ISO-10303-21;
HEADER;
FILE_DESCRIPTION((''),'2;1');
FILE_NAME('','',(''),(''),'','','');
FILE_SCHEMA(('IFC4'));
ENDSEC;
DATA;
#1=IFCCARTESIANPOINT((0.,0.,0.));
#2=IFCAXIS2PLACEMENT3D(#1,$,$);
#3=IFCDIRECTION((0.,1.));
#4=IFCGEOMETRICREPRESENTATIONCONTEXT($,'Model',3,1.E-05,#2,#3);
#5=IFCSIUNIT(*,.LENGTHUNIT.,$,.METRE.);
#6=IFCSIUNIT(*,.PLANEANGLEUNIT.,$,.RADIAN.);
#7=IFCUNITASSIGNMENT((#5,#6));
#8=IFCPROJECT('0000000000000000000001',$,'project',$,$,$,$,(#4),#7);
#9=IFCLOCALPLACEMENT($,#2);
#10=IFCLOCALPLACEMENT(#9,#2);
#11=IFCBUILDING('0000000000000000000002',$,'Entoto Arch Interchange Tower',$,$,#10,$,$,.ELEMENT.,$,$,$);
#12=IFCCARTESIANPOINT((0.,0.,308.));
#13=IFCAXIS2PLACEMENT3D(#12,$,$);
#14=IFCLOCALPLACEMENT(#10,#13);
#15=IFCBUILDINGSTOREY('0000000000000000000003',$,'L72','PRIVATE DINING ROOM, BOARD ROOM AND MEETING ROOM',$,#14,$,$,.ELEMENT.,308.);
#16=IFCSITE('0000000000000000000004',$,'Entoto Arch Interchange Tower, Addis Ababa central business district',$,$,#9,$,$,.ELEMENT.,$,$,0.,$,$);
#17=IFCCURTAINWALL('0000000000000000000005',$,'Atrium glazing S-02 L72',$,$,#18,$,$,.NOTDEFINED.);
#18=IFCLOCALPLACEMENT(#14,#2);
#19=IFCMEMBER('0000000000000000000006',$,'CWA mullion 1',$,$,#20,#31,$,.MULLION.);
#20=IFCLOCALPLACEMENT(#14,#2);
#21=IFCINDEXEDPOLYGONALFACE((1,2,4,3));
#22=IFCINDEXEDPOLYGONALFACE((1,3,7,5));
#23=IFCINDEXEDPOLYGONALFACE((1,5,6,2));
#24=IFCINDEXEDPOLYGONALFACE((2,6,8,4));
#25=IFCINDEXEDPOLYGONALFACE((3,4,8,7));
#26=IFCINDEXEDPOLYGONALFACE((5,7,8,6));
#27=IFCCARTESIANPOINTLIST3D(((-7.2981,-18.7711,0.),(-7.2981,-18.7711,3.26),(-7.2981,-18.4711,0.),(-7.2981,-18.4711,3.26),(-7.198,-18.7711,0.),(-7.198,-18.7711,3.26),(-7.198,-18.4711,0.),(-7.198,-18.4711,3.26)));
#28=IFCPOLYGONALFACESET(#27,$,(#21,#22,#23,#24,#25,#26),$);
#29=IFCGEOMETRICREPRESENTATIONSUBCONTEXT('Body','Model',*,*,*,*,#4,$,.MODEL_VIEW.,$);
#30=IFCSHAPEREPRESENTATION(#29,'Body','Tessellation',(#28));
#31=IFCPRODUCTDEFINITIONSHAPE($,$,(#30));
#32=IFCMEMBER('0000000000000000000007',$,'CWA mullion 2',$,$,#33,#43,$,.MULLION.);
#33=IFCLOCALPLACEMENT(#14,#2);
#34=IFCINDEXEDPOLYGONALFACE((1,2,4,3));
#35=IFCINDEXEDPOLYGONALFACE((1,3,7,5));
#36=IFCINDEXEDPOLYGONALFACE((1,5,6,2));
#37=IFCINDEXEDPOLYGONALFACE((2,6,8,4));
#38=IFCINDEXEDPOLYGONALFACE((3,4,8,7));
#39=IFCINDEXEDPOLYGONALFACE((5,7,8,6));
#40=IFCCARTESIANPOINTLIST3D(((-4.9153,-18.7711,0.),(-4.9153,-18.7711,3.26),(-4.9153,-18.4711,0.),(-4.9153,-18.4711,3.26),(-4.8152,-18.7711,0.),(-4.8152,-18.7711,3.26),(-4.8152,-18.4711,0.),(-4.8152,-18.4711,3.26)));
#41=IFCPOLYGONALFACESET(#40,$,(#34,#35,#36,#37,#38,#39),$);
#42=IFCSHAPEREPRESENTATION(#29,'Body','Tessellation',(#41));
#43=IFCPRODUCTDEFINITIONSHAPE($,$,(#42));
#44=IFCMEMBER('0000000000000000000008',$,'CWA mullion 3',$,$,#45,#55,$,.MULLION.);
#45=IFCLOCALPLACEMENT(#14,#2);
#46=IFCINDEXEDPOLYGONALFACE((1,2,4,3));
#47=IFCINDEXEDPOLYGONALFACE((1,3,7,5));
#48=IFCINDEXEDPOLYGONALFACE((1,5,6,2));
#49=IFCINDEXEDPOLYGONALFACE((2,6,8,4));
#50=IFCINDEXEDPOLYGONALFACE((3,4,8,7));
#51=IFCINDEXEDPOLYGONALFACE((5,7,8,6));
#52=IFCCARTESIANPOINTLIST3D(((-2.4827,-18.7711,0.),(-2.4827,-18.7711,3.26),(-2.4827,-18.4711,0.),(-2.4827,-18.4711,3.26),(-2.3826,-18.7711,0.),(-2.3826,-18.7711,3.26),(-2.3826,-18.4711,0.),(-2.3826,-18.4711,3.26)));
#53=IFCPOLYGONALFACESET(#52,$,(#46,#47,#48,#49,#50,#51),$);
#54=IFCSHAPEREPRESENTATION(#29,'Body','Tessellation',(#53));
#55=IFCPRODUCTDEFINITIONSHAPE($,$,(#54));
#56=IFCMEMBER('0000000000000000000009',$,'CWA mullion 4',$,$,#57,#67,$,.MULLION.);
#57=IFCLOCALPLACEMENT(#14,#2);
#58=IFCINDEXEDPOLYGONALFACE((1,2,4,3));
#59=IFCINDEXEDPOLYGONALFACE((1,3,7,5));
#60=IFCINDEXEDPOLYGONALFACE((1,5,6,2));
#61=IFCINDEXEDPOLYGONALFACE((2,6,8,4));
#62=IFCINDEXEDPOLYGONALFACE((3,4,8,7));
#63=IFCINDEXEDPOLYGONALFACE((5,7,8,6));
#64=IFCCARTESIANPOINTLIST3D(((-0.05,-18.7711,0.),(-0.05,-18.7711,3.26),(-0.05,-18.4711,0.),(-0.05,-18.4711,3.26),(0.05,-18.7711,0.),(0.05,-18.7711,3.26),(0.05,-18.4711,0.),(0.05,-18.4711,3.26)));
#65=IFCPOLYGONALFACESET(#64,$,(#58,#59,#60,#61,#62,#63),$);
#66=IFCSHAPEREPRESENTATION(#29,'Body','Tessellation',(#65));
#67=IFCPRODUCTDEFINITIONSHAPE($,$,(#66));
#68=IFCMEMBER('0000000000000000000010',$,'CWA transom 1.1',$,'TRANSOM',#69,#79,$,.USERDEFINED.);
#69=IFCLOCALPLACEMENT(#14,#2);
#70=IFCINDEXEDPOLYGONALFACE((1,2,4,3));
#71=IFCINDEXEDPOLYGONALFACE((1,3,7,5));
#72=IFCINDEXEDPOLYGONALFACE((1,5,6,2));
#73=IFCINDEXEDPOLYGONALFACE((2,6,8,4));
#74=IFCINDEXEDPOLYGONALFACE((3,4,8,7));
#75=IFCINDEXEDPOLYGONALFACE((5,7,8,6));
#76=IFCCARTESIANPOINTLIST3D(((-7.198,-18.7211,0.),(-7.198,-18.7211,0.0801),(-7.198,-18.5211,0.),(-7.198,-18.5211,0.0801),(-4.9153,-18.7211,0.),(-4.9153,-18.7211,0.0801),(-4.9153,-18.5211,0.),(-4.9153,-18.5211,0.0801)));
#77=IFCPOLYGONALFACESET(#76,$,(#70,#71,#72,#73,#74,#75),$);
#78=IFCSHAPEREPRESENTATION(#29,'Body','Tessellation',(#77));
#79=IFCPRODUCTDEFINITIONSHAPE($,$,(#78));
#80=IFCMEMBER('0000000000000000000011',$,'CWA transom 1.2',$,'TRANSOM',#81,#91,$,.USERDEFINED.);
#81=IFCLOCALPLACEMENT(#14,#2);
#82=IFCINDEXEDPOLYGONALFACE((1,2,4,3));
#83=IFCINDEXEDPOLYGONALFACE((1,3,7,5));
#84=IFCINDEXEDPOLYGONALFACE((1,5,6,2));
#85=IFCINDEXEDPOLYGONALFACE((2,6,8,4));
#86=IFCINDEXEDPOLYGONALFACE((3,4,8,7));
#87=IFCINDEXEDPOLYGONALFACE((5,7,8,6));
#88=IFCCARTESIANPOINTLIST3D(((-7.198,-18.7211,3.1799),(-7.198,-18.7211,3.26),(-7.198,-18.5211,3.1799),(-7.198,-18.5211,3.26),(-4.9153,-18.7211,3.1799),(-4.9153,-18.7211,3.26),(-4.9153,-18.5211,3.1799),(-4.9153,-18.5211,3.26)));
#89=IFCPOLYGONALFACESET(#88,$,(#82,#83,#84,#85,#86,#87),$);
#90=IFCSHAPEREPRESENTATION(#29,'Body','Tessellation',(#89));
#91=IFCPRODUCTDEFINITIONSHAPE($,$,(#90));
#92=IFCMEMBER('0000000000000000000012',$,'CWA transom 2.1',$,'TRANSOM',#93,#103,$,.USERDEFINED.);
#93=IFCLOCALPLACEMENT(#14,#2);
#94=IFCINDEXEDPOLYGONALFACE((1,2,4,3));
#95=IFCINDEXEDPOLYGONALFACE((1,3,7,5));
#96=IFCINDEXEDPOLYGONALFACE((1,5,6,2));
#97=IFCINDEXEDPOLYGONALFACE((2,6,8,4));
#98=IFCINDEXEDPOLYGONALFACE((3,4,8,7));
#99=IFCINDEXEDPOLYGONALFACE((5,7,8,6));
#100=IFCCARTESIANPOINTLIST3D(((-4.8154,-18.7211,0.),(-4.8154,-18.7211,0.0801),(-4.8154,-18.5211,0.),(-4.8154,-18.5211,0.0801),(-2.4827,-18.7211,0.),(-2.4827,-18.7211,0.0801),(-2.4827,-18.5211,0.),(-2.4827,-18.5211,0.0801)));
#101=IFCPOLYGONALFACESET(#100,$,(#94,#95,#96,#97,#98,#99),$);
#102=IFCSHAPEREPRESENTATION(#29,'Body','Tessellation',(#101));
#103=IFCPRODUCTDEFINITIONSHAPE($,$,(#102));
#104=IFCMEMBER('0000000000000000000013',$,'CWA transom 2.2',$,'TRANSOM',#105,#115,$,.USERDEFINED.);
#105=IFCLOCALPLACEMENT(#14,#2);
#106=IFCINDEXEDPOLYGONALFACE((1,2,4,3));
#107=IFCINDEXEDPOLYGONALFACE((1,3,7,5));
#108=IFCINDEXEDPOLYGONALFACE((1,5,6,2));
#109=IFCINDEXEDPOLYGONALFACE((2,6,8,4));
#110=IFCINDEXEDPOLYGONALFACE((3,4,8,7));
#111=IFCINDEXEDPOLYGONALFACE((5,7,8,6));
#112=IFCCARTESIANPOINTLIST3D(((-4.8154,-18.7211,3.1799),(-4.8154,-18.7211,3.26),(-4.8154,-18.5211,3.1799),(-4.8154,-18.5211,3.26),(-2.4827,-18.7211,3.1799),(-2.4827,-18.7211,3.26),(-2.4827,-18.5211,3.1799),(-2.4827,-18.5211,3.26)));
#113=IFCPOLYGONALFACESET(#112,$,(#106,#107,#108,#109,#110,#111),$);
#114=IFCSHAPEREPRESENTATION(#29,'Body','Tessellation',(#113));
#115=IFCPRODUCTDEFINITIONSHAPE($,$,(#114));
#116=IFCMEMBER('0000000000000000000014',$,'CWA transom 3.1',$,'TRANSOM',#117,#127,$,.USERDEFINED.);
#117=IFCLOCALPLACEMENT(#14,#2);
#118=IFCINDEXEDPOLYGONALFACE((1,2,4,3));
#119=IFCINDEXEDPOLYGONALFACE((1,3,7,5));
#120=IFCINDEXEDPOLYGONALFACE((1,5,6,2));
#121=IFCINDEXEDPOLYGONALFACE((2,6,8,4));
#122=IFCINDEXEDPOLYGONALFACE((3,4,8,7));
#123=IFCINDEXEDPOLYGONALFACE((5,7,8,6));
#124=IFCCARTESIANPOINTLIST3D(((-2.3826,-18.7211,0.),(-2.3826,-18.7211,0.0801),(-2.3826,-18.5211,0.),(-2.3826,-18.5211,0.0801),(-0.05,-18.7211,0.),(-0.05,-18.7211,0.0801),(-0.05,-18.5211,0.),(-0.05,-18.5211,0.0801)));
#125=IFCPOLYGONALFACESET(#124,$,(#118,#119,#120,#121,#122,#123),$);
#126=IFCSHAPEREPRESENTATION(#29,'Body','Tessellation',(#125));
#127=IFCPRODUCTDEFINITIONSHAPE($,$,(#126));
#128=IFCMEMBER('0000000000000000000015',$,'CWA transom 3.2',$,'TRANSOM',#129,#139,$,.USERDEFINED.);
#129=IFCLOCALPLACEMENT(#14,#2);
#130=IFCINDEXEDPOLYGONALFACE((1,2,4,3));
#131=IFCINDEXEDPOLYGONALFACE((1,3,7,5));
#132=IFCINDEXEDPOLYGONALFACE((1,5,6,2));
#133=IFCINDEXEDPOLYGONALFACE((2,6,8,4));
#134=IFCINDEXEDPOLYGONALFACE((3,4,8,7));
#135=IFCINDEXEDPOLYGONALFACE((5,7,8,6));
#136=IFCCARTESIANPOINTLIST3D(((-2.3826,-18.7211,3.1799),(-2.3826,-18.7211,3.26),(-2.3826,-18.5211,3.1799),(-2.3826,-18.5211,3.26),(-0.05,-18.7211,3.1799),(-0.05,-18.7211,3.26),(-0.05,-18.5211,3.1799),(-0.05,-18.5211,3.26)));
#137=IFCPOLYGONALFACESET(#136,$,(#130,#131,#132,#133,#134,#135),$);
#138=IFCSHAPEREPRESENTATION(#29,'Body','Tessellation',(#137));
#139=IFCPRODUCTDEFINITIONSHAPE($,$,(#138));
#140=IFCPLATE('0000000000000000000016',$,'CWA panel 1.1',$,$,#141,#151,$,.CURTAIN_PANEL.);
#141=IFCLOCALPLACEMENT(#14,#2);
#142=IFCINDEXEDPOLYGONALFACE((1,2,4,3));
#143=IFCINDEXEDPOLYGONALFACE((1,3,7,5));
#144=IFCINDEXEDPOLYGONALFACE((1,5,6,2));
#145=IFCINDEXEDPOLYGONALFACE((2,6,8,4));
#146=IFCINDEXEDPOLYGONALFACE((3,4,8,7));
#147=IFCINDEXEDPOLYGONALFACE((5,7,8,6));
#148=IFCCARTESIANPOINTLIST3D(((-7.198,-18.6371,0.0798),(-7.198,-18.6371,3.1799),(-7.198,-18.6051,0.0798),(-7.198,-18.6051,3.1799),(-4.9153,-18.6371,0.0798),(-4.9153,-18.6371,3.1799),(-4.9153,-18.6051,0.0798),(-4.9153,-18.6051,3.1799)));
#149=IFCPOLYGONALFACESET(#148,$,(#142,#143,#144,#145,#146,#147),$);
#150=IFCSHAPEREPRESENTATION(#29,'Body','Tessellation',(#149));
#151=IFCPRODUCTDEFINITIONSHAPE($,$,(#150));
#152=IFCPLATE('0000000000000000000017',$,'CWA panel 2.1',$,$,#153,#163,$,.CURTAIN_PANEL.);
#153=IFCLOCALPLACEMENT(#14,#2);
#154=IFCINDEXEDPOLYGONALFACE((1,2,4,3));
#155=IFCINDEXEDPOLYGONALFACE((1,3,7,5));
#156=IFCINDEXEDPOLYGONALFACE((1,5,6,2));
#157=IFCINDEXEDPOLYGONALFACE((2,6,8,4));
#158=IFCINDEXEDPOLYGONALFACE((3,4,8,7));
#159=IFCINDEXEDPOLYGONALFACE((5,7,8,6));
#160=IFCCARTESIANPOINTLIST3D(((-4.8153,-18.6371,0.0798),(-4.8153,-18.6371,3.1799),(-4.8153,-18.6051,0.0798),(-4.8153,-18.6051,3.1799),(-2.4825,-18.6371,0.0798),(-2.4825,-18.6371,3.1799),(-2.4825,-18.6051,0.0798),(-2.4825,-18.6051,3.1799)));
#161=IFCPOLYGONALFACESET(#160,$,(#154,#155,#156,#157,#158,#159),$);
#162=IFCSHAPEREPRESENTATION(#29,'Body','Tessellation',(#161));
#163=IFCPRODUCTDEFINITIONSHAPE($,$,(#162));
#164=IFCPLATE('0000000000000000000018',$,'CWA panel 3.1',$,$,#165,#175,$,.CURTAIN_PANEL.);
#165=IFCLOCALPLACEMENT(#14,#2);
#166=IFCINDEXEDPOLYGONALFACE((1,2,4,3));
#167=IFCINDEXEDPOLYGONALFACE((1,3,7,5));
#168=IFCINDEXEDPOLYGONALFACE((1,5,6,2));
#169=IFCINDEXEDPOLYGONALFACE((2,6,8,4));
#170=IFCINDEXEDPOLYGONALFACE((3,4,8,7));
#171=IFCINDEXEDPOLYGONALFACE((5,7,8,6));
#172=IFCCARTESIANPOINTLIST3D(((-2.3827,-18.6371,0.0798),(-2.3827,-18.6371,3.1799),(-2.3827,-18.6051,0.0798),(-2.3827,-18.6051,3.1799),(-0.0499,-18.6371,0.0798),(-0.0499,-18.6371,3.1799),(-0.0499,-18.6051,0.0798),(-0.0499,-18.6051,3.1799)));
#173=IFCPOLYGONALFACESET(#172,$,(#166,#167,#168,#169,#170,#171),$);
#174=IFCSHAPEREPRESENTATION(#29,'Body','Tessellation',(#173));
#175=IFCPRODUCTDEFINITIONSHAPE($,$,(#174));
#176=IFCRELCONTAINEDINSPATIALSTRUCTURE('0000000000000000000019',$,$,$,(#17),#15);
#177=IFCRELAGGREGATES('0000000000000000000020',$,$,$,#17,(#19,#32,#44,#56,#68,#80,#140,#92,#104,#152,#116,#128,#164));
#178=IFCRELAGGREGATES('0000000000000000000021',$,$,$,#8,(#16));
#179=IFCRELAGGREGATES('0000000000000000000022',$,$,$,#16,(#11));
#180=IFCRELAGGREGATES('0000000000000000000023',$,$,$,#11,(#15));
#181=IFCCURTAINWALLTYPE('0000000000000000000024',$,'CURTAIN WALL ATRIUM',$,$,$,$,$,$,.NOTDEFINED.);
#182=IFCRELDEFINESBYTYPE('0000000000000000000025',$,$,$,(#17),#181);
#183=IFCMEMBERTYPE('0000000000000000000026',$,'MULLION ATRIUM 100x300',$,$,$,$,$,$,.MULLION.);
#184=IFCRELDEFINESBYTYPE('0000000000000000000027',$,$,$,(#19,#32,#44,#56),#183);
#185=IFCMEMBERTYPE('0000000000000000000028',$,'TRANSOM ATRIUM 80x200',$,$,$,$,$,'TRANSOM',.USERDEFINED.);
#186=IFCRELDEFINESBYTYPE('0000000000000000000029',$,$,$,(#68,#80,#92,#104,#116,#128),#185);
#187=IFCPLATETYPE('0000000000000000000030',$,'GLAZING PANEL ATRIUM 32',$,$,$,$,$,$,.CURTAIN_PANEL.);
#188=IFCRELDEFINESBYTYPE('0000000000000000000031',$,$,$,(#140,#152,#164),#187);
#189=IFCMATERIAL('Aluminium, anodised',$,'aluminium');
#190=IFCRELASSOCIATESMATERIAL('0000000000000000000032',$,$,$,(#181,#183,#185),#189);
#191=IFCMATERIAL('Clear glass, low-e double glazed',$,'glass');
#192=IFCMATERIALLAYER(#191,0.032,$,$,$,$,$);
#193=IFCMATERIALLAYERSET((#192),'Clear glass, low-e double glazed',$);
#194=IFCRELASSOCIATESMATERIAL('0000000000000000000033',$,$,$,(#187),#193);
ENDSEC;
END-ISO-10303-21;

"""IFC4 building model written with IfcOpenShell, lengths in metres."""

from ifc_helpers import new_model, si_unit, direction, frame, origin, origin_2d, place, context, subcontext, project, spatial, rectangle, extrude, material, layer, layer_set, material_profile, profile_set, type_object, element, aggregate, save


model = new_model("IFC4")

# Units and contexts
model_context = context("Model", 3, precision=1e-05, world=origin(), true_north=direction((0.0, 1.0)))
body_context = subcontext(model_context, "Body", "Model", "MODEL_VIEW")
ifc_project = project(units=[si_unit("LENGTHUNIT", "METRE"), si_unit("PLANEANGLEUNIT", "RADIAN")], contexts=[model_context])

# Site, building, storey
site_placement = place(None, origin())
site = spatial("IfcSite", under=ifc_project, at=site_placement, Name="Entoto Arch Interchange Tower, Addis Ababa central business district", CompositionType="ELEMENT", RefElevation=0.0)
building_placement = place(site_placement, origin())
building = spatial("IfcBuilding", under=site, at=building_placement, Name="Entoto Arch Interchange Tower", CompositionType="ELEMENT")
storey_placement = place(building_placement, frame((0.0, 0.0, 308.0)))
storey = spatial("IfcBuildingStorey", under=building, at=storey_placement, Name="L72", Description="PRIVATE DINING ROOM, BOARD ROOM AND MEETING ROOM", CompositionType="ELEMENT", Elevation=308.0)

# Curtain wall, members, plates
ifc_material_1 = material(Name="Aluminium, anodised", Category="aluminium")
curtain_wall_type = type_object("IfcCurtainWallType", Name="CURTAIN WALL ATRIUM", PredefinedType="NOTDEFINED", material=ifc_material_1)
curtain_wall_placement = place(storey_placement, origin())
curtain_wall = element("IfcCurtainWall", 1, at=curtain_wall_placement, inside=storey, type_object=curtain_wall_type, Name="Atrium glazing S-02 L72", PredefinedType="NOTDEFINED")
ifc_material_profile_1 = material_profile(ifc_material_1, rectangle(XDim=0.3, YDim=0.1001, at=origin_2d()))
ifc_profile_set_1 = profile_set([ifc_material_profile_1], Name="Aluminium, anodised")
member_type_1 = type_object("IfcMemberType", Name="MULLION ATRIUM 100x300", PredefinedType="MULLION", material=ifc_profile_set_1)
member_1_placement = place(storey_placement, frame((-7.248, -18.6211, 0.0), z_axis=(0.0, 0.0, 1.0), x_axis=(0.0, 1.0, 0.0)))
member_1 = element("IfcMember", 2, at=member_1_placement, type_object=member_type_1, Name="CWA mullion 1", PredefinedType="MULLION", context=body_context, shape_type="SweptSolid", body=[
    extrude(rectangle(XDim=0.3, YDim=0.1001, at=origin_2d()), origin(), (0.0, 0.0, 1.0), 3.26),
])
member_2_placement = place(storey_placement, frame((-4.8652, -18.6211, 0.0), z_axis=(0.0, 0.0, 1.0), x_axis=(0.0, 1.0, 0.0)))
member_2 = element("IfcMember", 3, at=member_2_placement, type_object=member_type_1, Name="CWA mullion 2", PredefinedType="MULLION", context=body_context, shape_type="SweptSolid", body=[
    extrude(rectangle(XDim=0.3, YDim=0.1001, at=origin_2d()), origin(), (0.0, 0.0, 1.0), 3.26),
])
member_3_placement = place(storey_placement, frame((-2.4326, -18.6211, 0.0), z_axis=(0.0, 0.0, 1.0), x_axis=(0.0, 1.0, 0.0)))
member_3 = element("IfcMember", 4, at=member_3_placement, type_object=member_type_1, Name="CWA mullion 3", PredefinedType="MULLION", context=body_context, shape_type="SweptSolid", body=[
    extrude(rectangle(XDim=0.3, YDim=0.1001, at=origin_2d()), origin(), (0.0, 0.0, 1.0), 3.26),
])
member_4_placement = place(storey_placement, frame((0.0, -18.6211, 0.0), z_axis=(0.0, 0.0, 1.0), x_axis=(0.0, 1.0, 0.0)))
member_4 = element("IfcMember", 5, at=member_4_placement, type_object=member_type_1, Name="CWA mullion 4", PredefinedType="MULLION", context=body_context, shape_type="SweptSolid", body=[
    extrude(rectangle(XDim=0.3, YDim=0.1001, at=origin_2d()), origin(), (0.0, 0.0, 1.0), 3.26),
])
ifc_material_profile_2 = material_profile(ifc_material_1, rectangle(XDim=0.2, YDim=0.0801, at=origin_2d()))
ifc_profile_set_2 = profile_set([ifc_material_profile_2], Name="Aluminium, anodised")
member_type_2 = type_object("IfcMemberType", Name="TRANSOM ATRIUM 80x200", ElementType="TRANSOM", PredefinedType="USERDEFINED", material=ifc_profile_set_2)
member_5_placement = place(storey_placement, frame((-7.198, -18.6211, 0.04), z_axis=(1.0, 0.0, 0.0), x_axis=(0.0, 1.0, 0.0)))
member_5 = element("IfcMember", 6, at=member_5_placement, type_object=member_type_2, Name="CWA transom 1.1", ObjectType="TRANSOM", PredefinedType="USERDEFINED", context=body_context, shape_type="SweptSolid", body=[
    extrude(rectangle(XDim=0.2, YDim=0.0801, at=origin_2d()), origin(), (0.0, 0.0, 1.0), 2.2827),
])
member_6_placement = place(storey_placement, frame((-7.198, -18.6211, 3.22), z_axis=(1.0, 0.0, 0.0), x_axis=(0.0, 1.0, 0.0)))
member_6 = element("IfcMember", 7, at=member_6_placement, type_object=member_type_2, Name="CWA transom 1.2", ObjectType="TRANSOM", PredefinedType="USERDEFINED", context=body_context, shape_type="SweptSolid", body=[
    extrude(rectangle(XDim=0.2, YDim=0.0801, at=origin_2d()), origin(), (0.0, 0.0, 1.0), 2.2827),
])
member_7_placement = place(storey_placement, frame((-4.8154, -18.6211, 0.04), z_axis=(1.0, 0.0, 0.0), x_axis=(0.0, 1.0, 0.0)))
member_7 = element("IfcMember", 8, at=member_7_placement, type_object=member_type_2, Name="CWA transom 2.1", ObjectType="TRANSOM", PredefinedType="USERDEFINED", context=body_context, shape_type="SweptSolid", body=[
    extrude(rectangle(XDim=0.2, YDim=0.0801, at=origin_2d()), origin(), (0.0, 0.0, 1.0), 2.3328),
])
member_8_placement = place(storey_placement, frame((-4.8154, -18.6211, 3.22), z_axis=(1.0, 0.0, 0.0), x_axis=(0.0, 1.0, 0.0)))
member_8 = element("IfcMember", 9, at=member_8_placement, type_object=member_type_2, Name="CWA transom 2.2", ObjectType="TRANSOM", PredefinedType="USERDEFINED", context=body_context, shape_type="SweptSolid", body=[
    extrude(rectangle(XDim=0.2, YDim=0.0801, at=origin_2d()), origin(), (0.0, 0.0, 1.0), 2.3328),
])
member_9_placement = place(storey_placement, frame((-2.3826, -18.6211, 0.04), z_axis=(1.0, 0.0, 0.0), x_axis=(0.0, 1.0, 0.0)))
member_9 = element("IfcMember", 10, at=member_9_placement, type_object=member_type_2, Name="CWA transom 3.1", ObjectType="TRANSOM", PredefinedType="USERDEFINED", context=body_context, shape_type="SweptSolid", body=[
    extrude(rectangle(XDim=0.2, YDim=0.0801, at=origin_2d()), origin(), (0.0, 0.0, 1.0), 2.3325),
])
member_10_placement = place(storey_placement, frame((-2.3826, -18.6211, 3.22), z_axis=(1.0, 0.0, 0.0), x_axis=(0.0, 1.0, 0.0)))
member_10 = element("IfcMember", 11, at=member_10_placement, type_object=member_type_2, Name="CWA transom 3.2", ObjectType="TRANSOM", PredefinedType="USERDEFINED", context=body_context, shape_type="SweptSolid", body=[
    extrude(rectangle(XDim=0.2, YDim=0.0801, at=origin_2d()), origin(), (0.0, 0.0, 1.0), 2.3325),
])
ifc_material_2 = material(Name="Clear glass, low-e double glazed", Category="glass")
ifc_layer_1 = layer(ifc_material_2, 0.032)
ifc_layer_set_1 = layer_set([ifc_layer_1], Name="Clear glass, low-e double glazed")
plate_type = type_object("IfcPlateType", Name="GLAZING PANEL ATRIUM 32", PredefinedType="CURTAIN_PANEL", material=ifc_layer_set_1)
plate_1_placement = place(storey_placement, frame((-6.0566, -18.6211, 0.0798), z_axis=(0.0, 0.0, 1.0), x_axis=(1.0, 0.0, 0.0)))
plate_1 = element("IfcPlate", 12, at=plate_1_placement, type_object=plate_type, Name="CWA panel 1.1", PredefinedType="CURTAIN_PANEL", context=body_context, shape_type="SweptSolid", body=[
    extrude(rectangle(XDim=2.2827, YDim=0.032, at=origin_2d()), origin(), (0.0, 0.0, 1.0), 3.1001),
])
plate_2_placement = place(storey_placement, frame((-3.6489, -18.6211, 0.0798), z_axis=(0.0, 0.0, 1.0), x_axis=(1.0, 0.0, 0.0)))
plate_2 = element("IfcPlate", 13, at=plate_2_placement, type_object=plate_type, Name="CWA panel 2.1", PredefinedType="CURTAIN_PANEL", context=body_context, shape_type="SweptSolid", body=[
    extrude(rectangle(XDim=2.3328, YDim=0.032, at=origin_2d()), origin(), (0.0, 0.0, 1.0), 3.1001),
])
plate_3_placement = place(storey_placement, frame((-1.2163, -18.6211, 0.0798), z_axis=(0.0, 0.0, 1.0), x_axis=(1.0, 0.0, 0.0)))
plate_3 = element("IfcPlate", 14, at=plate_3_placement, type_object=plate_type, Name="CWA panel 3.1", PredefinedType="CURTAIN_PANEL", context=body_context, shape_type="SweptSolid", body=[
    extrude(rectangle(XDim=2.3328, YDim=0.032, at=origin_2d()), origin(), (0.0, 0.0, 1.0), 3.1001),
])
aggregate(curtain_wall, [member_1, member_2, member_3, member_4, member_5, member_6, plate_1, member_7, member_8, plate_2, member_9, member_10, plate_3])

save(model, "model.ifc")
